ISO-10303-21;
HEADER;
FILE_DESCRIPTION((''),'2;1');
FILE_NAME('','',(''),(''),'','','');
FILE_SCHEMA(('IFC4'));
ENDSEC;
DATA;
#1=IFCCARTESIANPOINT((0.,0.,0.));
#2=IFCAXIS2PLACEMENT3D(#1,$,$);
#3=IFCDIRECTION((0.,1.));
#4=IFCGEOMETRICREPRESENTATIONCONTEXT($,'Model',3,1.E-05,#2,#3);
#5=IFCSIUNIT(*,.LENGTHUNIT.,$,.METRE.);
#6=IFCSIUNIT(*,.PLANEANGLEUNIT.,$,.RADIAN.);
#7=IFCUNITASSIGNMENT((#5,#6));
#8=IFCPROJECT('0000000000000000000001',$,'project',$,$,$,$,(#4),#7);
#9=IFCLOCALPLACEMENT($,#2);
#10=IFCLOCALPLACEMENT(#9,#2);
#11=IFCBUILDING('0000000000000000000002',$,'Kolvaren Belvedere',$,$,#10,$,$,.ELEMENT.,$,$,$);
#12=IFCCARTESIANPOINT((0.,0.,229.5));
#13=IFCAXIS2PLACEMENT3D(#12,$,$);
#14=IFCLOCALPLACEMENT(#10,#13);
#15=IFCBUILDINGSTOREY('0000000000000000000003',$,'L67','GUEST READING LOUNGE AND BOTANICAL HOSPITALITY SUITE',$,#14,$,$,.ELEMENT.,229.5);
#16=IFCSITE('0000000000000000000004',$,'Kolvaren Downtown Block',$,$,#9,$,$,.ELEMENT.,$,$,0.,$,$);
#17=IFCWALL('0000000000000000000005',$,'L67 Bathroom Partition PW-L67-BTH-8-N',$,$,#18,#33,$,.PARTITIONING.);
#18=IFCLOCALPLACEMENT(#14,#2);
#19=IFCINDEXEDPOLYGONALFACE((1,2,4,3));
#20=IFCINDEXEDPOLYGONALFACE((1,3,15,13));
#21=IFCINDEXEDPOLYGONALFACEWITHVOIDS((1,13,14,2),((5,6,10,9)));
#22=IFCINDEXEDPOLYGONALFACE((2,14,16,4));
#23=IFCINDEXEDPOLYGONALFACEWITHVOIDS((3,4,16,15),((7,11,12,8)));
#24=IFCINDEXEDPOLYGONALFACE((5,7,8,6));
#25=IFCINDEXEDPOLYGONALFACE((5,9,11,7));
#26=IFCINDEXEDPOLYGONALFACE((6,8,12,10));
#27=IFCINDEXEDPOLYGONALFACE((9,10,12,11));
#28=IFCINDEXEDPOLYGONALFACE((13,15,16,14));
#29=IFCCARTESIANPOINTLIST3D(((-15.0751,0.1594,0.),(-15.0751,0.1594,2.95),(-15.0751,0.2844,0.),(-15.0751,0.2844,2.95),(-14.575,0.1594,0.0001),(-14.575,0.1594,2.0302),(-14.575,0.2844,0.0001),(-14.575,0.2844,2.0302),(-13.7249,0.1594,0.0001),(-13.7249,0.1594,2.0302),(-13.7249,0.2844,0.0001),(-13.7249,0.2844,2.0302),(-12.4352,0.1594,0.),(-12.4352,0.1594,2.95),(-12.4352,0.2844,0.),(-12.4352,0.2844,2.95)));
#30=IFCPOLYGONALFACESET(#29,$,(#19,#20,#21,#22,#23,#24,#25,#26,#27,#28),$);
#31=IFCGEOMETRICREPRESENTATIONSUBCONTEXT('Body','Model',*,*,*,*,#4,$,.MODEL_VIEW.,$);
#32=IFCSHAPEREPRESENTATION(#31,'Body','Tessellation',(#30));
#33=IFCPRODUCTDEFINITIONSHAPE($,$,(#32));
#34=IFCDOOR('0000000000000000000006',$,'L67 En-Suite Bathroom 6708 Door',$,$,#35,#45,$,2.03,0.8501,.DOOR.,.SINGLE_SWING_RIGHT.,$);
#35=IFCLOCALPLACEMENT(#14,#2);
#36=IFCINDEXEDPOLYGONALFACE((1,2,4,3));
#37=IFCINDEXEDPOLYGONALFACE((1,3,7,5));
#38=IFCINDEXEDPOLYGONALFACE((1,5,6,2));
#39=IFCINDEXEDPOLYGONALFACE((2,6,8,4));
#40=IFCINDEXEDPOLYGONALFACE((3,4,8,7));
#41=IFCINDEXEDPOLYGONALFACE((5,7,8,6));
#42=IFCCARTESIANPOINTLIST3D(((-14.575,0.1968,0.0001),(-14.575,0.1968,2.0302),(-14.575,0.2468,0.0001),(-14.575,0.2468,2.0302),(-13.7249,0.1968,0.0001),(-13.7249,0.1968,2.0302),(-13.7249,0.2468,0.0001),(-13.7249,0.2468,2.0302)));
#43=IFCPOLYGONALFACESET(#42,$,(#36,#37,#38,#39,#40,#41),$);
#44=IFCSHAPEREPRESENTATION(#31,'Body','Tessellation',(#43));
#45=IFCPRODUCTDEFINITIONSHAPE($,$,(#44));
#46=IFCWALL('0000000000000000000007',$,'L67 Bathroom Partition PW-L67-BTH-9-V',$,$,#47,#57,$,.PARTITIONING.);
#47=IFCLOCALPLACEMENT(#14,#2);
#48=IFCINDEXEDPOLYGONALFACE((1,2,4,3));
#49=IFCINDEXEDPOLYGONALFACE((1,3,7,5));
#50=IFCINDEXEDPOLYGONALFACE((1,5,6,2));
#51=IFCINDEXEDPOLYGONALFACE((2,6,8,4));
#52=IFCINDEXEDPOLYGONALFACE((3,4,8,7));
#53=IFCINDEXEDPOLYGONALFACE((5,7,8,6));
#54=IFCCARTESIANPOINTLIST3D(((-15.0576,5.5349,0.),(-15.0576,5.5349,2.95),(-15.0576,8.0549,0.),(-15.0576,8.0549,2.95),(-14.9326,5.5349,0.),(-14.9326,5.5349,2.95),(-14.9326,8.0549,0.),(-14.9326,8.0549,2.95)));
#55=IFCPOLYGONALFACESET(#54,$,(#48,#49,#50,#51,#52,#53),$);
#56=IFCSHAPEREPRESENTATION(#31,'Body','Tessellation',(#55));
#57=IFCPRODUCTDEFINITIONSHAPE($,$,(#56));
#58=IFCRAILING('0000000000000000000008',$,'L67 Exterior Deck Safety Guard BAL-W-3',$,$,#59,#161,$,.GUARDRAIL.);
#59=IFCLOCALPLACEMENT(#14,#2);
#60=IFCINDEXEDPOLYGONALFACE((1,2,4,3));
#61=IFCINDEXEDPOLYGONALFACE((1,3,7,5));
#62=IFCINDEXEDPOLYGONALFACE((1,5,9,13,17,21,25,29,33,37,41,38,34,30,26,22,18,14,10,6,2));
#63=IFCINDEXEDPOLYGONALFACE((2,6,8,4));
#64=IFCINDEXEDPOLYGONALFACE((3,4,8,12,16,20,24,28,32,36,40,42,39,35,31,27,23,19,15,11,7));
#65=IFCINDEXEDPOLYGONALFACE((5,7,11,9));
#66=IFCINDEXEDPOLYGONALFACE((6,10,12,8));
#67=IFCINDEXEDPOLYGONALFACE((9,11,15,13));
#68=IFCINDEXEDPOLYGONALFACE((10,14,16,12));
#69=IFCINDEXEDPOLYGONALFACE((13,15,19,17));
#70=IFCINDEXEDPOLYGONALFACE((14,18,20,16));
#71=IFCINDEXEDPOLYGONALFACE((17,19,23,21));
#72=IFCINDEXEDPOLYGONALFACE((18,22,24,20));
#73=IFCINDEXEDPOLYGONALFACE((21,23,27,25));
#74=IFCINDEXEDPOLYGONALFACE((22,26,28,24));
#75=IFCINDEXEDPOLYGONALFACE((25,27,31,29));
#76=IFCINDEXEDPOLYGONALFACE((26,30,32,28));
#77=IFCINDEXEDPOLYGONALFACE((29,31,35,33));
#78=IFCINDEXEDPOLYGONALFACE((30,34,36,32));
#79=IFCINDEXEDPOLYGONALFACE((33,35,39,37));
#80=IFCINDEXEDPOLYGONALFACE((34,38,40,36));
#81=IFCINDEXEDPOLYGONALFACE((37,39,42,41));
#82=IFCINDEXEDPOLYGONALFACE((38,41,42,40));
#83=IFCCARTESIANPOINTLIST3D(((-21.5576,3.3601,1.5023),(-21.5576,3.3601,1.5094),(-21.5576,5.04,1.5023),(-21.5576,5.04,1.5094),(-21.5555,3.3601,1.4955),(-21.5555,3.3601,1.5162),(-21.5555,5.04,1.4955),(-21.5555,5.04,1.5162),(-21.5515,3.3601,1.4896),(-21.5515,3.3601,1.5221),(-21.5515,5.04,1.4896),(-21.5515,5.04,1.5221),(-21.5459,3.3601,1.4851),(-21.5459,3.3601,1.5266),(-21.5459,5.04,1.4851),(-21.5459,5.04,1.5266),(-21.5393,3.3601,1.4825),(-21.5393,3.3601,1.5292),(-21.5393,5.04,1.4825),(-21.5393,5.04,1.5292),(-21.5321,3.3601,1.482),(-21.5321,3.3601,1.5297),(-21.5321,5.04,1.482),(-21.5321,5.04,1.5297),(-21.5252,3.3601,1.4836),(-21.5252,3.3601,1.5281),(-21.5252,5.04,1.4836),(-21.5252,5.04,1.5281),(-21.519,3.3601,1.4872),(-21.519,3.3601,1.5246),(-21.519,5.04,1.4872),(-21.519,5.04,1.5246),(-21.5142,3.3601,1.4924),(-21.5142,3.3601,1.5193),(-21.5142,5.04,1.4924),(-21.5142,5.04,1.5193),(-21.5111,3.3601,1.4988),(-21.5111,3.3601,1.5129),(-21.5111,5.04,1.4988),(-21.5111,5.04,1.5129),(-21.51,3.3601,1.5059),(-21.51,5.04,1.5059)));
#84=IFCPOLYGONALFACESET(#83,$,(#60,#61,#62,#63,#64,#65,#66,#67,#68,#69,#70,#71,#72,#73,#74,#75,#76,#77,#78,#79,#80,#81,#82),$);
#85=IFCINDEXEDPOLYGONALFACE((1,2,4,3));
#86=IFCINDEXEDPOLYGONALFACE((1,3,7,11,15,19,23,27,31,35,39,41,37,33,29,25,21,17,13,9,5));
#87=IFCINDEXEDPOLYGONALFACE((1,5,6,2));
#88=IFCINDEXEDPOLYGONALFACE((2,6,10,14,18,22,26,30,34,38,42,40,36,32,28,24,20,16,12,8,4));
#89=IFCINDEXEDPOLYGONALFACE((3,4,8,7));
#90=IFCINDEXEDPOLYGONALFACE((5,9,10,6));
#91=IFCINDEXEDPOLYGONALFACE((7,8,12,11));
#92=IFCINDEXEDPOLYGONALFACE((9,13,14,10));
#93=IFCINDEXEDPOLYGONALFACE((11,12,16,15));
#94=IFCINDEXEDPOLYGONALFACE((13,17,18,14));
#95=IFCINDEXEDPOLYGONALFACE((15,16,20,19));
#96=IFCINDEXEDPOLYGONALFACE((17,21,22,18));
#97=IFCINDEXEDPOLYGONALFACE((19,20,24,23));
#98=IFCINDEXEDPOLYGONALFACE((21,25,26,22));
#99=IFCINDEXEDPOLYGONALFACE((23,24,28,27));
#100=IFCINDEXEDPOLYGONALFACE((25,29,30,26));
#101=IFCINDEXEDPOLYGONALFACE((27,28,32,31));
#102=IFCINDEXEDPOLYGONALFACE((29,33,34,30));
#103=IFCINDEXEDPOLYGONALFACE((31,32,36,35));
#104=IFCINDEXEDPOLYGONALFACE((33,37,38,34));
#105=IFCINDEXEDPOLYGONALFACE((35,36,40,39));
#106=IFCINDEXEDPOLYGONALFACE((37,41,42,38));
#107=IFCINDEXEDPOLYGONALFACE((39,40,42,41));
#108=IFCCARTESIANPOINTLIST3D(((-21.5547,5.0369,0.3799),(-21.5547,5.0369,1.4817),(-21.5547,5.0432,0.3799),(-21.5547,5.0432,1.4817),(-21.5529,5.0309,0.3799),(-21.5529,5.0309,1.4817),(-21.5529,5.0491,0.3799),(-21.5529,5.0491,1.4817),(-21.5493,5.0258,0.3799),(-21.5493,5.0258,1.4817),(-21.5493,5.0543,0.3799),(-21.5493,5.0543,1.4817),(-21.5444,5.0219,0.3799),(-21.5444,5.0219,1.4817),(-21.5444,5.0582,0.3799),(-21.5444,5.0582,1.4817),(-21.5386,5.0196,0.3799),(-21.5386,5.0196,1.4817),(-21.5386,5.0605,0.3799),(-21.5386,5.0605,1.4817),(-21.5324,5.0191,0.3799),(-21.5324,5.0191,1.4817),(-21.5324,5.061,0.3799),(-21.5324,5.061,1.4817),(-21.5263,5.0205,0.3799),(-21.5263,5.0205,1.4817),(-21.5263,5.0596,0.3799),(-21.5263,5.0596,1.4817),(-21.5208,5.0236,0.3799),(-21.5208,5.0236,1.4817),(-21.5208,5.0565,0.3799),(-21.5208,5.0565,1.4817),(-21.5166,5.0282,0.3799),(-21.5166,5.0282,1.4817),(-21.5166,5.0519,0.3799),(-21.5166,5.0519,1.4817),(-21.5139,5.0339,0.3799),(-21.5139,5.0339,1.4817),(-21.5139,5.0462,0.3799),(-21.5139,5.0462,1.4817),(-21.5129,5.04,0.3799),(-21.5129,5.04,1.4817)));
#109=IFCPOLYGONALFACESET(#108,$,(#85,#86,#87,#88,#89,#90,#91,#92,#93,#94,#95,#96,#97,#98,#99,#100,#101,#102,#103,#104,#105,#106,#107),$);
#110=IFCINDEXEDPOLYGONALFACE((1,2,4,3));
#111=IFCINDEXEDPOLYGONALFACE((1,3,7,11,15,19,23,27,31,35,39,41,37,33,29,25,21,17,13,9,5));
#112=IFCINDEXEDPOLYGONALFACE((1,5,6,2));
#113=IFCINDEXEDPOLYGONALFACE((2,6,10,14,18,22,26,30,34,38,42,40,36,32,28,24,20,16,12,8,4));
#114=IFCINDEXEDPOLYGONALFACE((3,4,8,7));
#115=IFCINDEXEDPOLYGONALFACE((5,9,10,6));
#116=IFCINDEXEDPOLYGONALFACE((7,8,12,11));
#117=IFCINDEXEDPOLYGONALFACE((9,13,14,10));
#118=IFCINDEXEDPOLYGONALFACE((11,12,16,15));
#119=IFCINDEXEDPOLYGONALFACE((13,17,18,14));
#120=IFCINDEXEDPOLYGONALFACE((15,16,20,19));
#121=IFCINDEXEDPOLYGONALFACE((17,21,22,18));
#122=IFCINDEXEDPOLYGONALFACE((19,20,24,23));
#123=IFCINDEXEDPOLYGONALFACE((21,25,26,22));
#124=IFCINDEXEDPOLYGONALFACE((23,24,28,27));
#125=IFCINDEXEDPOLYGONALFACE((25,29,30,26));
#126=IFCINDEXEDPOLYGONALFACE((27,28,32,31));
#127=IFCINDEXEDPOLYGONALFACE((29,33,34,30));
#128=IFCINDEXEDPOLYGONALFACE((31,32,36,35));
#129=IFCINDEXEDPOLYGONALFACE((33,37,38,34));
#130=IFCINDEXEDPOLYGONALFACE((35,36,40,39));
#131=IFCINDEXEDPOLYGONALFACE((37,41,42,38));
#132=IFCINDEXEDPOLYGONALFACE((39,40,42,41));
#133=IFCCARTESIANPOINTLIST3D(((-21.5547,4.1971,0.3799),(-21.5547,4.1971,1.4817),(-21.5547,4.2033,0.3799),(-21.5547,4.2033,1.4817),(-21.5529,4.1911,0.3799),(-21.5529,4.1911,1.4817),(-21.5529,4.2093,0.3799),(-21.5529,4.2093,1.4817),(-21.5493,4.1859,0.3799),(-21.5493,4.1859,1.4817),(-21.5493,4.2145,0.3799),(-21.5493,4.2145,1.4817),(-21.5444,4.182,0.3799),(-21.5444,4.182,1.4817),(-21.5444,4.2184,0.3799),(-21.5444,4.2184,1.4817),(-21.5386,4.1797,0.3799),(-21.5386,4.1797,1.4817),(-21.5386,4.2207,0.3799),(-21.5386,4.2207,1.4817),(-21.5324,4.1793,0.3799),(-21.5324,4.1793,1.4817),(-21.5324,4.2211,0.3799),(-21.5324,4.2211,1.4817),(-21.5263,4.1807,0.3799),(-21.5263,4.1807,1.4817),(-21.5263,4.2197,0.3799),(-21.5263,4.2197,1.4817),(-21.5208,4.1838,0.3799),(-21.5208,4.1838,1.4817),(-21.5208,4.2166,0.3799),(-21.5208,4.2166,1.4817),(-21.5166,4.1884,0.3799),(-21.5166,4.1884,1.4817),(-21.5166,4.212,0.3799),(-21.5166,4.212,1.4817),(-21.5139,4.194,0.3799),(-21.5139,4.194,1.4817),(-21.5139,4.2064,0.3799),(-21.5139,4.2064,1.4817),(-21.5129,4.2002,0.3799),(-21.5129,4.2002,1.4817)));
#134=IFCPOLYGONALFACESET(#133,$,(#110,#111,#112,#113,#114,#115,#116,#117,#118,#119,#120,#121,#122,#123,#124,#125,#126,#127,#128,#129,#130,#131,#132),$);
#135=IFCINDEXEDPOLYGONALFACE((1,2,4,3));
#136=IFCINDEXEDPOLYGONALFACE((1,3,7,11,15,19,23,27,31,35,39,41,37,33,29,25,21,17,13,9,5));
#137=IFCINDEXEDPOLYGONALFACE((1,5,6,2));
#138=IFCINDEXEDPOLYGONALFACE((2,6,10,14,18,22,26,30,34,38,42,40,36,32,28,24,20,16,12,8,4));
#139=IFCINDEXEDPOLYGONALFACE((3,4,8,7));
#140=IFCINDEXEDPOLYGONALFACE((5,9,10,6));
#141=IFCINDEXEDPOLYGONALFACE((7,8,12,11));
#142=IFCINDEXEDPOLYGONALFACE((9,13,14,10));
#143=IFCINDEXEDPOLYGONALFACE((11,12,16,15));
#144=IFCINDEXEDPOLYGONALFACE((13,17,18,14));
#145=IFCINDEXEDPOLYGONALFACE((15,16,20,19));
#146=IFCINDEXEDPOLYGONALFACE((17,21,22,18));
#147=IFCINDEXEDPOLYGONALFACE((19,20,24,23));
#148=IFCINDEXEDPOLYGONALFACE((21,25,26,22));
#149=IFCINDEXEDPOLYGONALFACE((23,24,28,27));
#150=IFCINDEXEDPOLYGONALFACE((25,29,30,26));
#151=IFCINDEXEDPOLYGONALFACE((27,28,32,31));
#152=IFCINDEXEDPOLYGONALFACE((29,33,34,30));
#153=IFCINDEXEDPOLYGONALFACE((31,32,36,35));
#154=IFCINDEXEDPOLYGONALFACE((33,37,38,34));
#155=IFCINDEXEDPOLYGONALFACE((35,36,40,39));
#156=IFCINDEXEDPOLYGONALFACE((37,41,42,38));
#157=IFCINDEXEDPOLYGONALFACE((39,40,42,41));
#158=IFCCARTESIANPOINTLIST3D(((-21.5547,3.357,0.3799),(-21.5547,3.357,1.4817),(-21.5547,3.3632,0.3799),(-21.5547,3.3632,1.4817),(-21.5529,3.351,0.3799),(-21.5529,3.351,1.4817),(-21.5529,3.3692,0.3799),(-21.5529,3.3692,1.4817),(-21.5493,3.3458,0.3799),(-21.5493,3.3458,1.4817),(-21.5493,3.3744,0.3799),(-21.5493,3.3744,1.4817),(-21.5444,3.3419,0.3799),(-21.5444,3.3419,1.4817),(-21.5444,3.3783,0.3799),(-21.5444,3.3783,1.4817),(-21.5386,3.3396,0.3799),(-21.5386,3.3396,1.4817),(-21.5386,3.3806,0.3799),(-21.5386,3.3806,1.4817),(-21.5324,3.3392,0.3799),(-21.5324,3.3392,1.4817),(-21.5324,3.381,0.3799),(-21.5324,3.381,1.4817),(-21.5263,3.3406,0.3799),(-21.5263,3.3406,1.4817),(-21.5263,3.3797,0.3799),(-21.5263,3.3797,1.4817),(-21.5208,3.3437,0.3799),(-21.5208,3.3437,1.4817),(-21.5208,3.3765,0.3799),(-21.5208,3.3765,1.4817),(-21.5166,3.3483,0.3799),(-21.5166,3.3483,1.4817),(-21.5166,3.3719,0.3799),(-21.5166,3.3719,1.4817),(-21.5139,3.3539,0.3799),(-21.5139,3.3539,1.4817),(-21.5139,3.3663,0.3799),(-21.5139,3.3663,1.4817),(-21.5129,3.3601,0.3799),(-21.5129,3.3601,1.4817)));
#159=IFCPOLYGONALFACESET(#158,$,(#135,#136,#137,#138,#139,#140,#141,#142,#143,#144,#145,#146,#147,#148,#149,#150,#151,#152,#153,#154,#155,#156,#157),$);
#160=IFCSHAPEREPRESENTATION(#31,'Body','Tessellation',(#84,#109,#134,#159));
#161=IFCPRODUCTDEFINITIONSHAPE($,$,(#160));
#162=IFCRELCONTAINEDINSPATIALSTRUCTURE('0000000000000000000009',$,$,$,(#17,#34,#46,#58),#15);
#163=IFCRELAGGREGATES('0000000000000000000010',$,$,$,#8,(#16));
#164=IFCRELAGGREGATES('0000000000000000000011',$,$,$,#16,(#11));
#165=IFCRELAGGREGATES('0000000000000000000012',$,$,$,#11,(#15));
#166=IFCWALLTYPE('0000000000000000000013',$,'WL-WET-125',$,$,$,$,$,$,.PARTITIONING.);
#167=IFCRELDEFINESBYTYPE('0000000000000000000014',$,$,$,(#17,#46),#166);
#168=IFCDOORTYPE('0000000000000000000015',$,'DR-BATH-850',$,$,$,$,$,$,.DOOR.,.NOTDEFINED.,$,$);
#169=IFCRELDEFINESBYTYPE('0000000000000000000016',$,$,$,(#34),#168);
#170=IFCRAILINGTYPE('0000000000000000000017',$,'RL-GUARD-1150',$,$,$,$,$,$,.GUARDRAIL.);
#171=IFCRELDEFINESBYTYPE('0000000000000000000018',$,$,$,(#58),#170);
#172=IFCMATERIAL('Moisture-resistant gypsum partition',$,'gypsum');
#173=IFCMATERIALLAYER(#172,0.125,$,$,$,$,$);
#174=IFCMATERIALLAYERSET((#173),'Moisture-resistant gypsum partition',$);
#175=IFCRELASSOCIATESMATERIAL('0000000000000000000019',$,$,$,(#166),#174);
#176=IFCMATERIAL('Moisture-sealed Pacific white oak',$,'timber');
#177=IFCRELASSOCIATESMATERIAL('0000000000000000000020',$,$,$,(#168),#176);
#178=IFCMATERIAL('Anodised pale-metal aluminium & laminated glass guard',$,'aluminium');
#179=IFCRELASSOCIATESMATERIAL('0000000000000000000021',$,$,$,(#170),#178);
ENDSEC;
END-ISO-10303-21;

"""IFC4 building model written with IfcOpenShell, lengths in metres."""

from ifc_helpers import new_model, si_unit, direction, frame, frame_2d, origin, origin_2d, place, context, subcontext, project, spatial, rectangle, circle, extrude, material, layer, layer_set, type_object, element, fill, save


model = new_model("IFC4")

# Units and contexts
model_context = context("Model", 3, precision=1e-05, world=origin(), true_north=direction((0.0, 1.0)))
body_context = subcontext(model_context, "Body", "Model", "MODEL_VIEW")
ifc_project = project(units=[si_unit("LENGTHUNIT", "METRE"), si_unit("PLANEANGLEUNIT", "RADIAN")], contexts=[model_context])

# Site, building, storey
site_placement = place(None, origin())
site = spatial("IfcSite", under=ifc_project, at=site_placement, Name="Kolvaren Downtown Block", CompositionType="ELEMENT", RefElevation=0.0)
building_placement = place(site_placement, origin())
building = spatial("IfcBuilding", under=site, at=building_placement, Name="Kolvaren Belvedere", CompositionType="ELEMENT")
storey_placement = place(building_placement, frame((0.0, 0.0, 229.5)))
storey = spatial("IfcBuildingStorey", under=building, at=storey_placement, Name="L67", Description="GUEST READING LOUNGE AND BOTANICAL HOSPITALITY SUITE", CompositionType="ELEMENT", Elevation=229.5)

# Wall, opening, door
ifc_material_1 = material(Name="Moisture-resistant gypsum partition", Category="gypsum")
ifc_layer_1 = layer(ifc_material_1, 0.125)
ifc_layer_set_1 = layer_set([ifc_layer_1], Name="Moisture-resistant gypsum partition")
wall_type_1 = type_object("IfcWallType", Name="WL-WET-125", PredefinedType="PARTITIONING", material=ifc_layer_set_1)
wall_1_placement = place(storey_placement, frame((-15.075, 0.2219, 0.0), z_axis=(0.0, 0.0, 1.0), x_axis=(1.0, 0.0, 0.0)))
wall_1 = element("IfcWall", 1, at=wall_1_placement, inside=storey, type_object=wall_type_1, Name="L67 Bathroom Partition PW-L67-BTH-8-N", PredefinedType="PARTITIONING", context=body_context, shape_type="SweptSolid", body=[
    extrude(rectangle(XDim=2.6399, YDim=0.125, at=frame_2d((1.3198, 0.0))), origin(), (0.0, 0.0, 1.0), 2.95),
])
opening_placement = place(wall_1_placement, frame((0.5, 0.0, 0.0)))
opening = element("IfcOpeningElement", 2, at=opening_placement, cuts=wall_1, PredefinedType="OPENING", context=body_context, shape_type="SweptSolid", body=[
    extrude(rectangle(XDim=0.8501, YDim=2.03, at=frame_2d((0.425, 1.0151))), frame((0.0, 0.0725, 0.0), z_axis=(0.0, -1.0, 0.0), x_axis=(1.0, 0.0, 0.0)), (0.0, 0.0, 1.0), 0.145),
])
ifc_material_2 = material(Name="Moisture-sealed Pacific white oak", Category="timber")
door_type = type_object("IfcDoorType", Name="DR-BATH-850", OperationType="NOTDEFINED", PredefinedType="DOOR", material=ifc_material_2)
door_placement = place(opening_placement, origin())
door = element("IfcDoor", 3, at=door_placement, inside=storey, type_object=door_type, Name="L67 En-Suite Bathroom 6708 Door", OperationType="SINGLE_SWING_RIGHT", OverallHeight=2.03, OverallWidth=0.8501, PredefinedType="DOOR", context=body_context, shape_type="SweptSolid", body=[
    extrude(rectangle(XDim=0.8501, YDim=2.03, at=frame_2d((0.425, 1.0151))), frame((0.0, 0.0249, 0.0), z_axis=(0.0, -1.0, 0.0), x_axis=(1.0, 0.0, 0.0)), (0.0, 0.0, 1.0), 0.05),
])
fill(opening, door)

# Wall
wall_2_placement = place(storey_placement, frame((-14.9951, 5.5349, 0.0), z_axis=(0.0, 0.0, 1.0), x_axis=(0.0, 1.0, 0.0)))
element("IfcWall", 4, at=wall_2_placement, inside=storey, type_object=wall_type_1, Name="L67 Bathroom Partition PW-L67-BTH-9-V", PredefinedType="PARTITIONING", context=body_context, shape_type="SweptSolid", body=[
    extrude(rectangle(XDim=2.52, YDim=0.125, at=frame_2d((1.26, 0.0))), origin(), (0.0, 0.0, 1.0), 2.95),
])

# Railing
ifc_material_3 = material(Name="Anodised pale-metal aluminium & laminated glass guard", Category="aluminium")
railing_type = type_object("IfcRailingType", Name="RL-GUARD-1150", PredefinedType="GUARDRAIL", material=ifc_material_3)
railing_1_placement = place(storey_placement, frame((-21.5339, 5.04, 0.3799)))
element("IfcRailing", 5, at=railing_1_placement, inside=storey, type_object=railing_type, Name="L67 Exterior Deck Safety Guard BAL-W-3", PredefinedType="GUARDRAIL", context=body_context, shape_type="SweptSolid", body=[
    extrude(circle(Radius=0.0239, at=origin_2d()), frame((0.0, 0.0, 1.126), z_axis=(0.0, -1.0, 0.0), x_axis=(1.0, 0.0, 0.0)), (0.0, 0.0, 1.0), 1.6799),
    extrude(circle(Radius=0.021, at=origin_2d()), origin(), (0.0, 0.0, 1.0), 1.1018),
    extrude(circle(Radius=0.021, at=origin_2d()), frame((0.0, -0.8398, 0.0)), (0.0, 0.0, 1.0), 1.1018),
    extrude(circle(Radius=0.021, at=origin_2d()), frame((0.0, -1.6799, 0.0)), (0.0, 0.0, 1.0), 1.1018),
])

save(model, "model.ifc")
